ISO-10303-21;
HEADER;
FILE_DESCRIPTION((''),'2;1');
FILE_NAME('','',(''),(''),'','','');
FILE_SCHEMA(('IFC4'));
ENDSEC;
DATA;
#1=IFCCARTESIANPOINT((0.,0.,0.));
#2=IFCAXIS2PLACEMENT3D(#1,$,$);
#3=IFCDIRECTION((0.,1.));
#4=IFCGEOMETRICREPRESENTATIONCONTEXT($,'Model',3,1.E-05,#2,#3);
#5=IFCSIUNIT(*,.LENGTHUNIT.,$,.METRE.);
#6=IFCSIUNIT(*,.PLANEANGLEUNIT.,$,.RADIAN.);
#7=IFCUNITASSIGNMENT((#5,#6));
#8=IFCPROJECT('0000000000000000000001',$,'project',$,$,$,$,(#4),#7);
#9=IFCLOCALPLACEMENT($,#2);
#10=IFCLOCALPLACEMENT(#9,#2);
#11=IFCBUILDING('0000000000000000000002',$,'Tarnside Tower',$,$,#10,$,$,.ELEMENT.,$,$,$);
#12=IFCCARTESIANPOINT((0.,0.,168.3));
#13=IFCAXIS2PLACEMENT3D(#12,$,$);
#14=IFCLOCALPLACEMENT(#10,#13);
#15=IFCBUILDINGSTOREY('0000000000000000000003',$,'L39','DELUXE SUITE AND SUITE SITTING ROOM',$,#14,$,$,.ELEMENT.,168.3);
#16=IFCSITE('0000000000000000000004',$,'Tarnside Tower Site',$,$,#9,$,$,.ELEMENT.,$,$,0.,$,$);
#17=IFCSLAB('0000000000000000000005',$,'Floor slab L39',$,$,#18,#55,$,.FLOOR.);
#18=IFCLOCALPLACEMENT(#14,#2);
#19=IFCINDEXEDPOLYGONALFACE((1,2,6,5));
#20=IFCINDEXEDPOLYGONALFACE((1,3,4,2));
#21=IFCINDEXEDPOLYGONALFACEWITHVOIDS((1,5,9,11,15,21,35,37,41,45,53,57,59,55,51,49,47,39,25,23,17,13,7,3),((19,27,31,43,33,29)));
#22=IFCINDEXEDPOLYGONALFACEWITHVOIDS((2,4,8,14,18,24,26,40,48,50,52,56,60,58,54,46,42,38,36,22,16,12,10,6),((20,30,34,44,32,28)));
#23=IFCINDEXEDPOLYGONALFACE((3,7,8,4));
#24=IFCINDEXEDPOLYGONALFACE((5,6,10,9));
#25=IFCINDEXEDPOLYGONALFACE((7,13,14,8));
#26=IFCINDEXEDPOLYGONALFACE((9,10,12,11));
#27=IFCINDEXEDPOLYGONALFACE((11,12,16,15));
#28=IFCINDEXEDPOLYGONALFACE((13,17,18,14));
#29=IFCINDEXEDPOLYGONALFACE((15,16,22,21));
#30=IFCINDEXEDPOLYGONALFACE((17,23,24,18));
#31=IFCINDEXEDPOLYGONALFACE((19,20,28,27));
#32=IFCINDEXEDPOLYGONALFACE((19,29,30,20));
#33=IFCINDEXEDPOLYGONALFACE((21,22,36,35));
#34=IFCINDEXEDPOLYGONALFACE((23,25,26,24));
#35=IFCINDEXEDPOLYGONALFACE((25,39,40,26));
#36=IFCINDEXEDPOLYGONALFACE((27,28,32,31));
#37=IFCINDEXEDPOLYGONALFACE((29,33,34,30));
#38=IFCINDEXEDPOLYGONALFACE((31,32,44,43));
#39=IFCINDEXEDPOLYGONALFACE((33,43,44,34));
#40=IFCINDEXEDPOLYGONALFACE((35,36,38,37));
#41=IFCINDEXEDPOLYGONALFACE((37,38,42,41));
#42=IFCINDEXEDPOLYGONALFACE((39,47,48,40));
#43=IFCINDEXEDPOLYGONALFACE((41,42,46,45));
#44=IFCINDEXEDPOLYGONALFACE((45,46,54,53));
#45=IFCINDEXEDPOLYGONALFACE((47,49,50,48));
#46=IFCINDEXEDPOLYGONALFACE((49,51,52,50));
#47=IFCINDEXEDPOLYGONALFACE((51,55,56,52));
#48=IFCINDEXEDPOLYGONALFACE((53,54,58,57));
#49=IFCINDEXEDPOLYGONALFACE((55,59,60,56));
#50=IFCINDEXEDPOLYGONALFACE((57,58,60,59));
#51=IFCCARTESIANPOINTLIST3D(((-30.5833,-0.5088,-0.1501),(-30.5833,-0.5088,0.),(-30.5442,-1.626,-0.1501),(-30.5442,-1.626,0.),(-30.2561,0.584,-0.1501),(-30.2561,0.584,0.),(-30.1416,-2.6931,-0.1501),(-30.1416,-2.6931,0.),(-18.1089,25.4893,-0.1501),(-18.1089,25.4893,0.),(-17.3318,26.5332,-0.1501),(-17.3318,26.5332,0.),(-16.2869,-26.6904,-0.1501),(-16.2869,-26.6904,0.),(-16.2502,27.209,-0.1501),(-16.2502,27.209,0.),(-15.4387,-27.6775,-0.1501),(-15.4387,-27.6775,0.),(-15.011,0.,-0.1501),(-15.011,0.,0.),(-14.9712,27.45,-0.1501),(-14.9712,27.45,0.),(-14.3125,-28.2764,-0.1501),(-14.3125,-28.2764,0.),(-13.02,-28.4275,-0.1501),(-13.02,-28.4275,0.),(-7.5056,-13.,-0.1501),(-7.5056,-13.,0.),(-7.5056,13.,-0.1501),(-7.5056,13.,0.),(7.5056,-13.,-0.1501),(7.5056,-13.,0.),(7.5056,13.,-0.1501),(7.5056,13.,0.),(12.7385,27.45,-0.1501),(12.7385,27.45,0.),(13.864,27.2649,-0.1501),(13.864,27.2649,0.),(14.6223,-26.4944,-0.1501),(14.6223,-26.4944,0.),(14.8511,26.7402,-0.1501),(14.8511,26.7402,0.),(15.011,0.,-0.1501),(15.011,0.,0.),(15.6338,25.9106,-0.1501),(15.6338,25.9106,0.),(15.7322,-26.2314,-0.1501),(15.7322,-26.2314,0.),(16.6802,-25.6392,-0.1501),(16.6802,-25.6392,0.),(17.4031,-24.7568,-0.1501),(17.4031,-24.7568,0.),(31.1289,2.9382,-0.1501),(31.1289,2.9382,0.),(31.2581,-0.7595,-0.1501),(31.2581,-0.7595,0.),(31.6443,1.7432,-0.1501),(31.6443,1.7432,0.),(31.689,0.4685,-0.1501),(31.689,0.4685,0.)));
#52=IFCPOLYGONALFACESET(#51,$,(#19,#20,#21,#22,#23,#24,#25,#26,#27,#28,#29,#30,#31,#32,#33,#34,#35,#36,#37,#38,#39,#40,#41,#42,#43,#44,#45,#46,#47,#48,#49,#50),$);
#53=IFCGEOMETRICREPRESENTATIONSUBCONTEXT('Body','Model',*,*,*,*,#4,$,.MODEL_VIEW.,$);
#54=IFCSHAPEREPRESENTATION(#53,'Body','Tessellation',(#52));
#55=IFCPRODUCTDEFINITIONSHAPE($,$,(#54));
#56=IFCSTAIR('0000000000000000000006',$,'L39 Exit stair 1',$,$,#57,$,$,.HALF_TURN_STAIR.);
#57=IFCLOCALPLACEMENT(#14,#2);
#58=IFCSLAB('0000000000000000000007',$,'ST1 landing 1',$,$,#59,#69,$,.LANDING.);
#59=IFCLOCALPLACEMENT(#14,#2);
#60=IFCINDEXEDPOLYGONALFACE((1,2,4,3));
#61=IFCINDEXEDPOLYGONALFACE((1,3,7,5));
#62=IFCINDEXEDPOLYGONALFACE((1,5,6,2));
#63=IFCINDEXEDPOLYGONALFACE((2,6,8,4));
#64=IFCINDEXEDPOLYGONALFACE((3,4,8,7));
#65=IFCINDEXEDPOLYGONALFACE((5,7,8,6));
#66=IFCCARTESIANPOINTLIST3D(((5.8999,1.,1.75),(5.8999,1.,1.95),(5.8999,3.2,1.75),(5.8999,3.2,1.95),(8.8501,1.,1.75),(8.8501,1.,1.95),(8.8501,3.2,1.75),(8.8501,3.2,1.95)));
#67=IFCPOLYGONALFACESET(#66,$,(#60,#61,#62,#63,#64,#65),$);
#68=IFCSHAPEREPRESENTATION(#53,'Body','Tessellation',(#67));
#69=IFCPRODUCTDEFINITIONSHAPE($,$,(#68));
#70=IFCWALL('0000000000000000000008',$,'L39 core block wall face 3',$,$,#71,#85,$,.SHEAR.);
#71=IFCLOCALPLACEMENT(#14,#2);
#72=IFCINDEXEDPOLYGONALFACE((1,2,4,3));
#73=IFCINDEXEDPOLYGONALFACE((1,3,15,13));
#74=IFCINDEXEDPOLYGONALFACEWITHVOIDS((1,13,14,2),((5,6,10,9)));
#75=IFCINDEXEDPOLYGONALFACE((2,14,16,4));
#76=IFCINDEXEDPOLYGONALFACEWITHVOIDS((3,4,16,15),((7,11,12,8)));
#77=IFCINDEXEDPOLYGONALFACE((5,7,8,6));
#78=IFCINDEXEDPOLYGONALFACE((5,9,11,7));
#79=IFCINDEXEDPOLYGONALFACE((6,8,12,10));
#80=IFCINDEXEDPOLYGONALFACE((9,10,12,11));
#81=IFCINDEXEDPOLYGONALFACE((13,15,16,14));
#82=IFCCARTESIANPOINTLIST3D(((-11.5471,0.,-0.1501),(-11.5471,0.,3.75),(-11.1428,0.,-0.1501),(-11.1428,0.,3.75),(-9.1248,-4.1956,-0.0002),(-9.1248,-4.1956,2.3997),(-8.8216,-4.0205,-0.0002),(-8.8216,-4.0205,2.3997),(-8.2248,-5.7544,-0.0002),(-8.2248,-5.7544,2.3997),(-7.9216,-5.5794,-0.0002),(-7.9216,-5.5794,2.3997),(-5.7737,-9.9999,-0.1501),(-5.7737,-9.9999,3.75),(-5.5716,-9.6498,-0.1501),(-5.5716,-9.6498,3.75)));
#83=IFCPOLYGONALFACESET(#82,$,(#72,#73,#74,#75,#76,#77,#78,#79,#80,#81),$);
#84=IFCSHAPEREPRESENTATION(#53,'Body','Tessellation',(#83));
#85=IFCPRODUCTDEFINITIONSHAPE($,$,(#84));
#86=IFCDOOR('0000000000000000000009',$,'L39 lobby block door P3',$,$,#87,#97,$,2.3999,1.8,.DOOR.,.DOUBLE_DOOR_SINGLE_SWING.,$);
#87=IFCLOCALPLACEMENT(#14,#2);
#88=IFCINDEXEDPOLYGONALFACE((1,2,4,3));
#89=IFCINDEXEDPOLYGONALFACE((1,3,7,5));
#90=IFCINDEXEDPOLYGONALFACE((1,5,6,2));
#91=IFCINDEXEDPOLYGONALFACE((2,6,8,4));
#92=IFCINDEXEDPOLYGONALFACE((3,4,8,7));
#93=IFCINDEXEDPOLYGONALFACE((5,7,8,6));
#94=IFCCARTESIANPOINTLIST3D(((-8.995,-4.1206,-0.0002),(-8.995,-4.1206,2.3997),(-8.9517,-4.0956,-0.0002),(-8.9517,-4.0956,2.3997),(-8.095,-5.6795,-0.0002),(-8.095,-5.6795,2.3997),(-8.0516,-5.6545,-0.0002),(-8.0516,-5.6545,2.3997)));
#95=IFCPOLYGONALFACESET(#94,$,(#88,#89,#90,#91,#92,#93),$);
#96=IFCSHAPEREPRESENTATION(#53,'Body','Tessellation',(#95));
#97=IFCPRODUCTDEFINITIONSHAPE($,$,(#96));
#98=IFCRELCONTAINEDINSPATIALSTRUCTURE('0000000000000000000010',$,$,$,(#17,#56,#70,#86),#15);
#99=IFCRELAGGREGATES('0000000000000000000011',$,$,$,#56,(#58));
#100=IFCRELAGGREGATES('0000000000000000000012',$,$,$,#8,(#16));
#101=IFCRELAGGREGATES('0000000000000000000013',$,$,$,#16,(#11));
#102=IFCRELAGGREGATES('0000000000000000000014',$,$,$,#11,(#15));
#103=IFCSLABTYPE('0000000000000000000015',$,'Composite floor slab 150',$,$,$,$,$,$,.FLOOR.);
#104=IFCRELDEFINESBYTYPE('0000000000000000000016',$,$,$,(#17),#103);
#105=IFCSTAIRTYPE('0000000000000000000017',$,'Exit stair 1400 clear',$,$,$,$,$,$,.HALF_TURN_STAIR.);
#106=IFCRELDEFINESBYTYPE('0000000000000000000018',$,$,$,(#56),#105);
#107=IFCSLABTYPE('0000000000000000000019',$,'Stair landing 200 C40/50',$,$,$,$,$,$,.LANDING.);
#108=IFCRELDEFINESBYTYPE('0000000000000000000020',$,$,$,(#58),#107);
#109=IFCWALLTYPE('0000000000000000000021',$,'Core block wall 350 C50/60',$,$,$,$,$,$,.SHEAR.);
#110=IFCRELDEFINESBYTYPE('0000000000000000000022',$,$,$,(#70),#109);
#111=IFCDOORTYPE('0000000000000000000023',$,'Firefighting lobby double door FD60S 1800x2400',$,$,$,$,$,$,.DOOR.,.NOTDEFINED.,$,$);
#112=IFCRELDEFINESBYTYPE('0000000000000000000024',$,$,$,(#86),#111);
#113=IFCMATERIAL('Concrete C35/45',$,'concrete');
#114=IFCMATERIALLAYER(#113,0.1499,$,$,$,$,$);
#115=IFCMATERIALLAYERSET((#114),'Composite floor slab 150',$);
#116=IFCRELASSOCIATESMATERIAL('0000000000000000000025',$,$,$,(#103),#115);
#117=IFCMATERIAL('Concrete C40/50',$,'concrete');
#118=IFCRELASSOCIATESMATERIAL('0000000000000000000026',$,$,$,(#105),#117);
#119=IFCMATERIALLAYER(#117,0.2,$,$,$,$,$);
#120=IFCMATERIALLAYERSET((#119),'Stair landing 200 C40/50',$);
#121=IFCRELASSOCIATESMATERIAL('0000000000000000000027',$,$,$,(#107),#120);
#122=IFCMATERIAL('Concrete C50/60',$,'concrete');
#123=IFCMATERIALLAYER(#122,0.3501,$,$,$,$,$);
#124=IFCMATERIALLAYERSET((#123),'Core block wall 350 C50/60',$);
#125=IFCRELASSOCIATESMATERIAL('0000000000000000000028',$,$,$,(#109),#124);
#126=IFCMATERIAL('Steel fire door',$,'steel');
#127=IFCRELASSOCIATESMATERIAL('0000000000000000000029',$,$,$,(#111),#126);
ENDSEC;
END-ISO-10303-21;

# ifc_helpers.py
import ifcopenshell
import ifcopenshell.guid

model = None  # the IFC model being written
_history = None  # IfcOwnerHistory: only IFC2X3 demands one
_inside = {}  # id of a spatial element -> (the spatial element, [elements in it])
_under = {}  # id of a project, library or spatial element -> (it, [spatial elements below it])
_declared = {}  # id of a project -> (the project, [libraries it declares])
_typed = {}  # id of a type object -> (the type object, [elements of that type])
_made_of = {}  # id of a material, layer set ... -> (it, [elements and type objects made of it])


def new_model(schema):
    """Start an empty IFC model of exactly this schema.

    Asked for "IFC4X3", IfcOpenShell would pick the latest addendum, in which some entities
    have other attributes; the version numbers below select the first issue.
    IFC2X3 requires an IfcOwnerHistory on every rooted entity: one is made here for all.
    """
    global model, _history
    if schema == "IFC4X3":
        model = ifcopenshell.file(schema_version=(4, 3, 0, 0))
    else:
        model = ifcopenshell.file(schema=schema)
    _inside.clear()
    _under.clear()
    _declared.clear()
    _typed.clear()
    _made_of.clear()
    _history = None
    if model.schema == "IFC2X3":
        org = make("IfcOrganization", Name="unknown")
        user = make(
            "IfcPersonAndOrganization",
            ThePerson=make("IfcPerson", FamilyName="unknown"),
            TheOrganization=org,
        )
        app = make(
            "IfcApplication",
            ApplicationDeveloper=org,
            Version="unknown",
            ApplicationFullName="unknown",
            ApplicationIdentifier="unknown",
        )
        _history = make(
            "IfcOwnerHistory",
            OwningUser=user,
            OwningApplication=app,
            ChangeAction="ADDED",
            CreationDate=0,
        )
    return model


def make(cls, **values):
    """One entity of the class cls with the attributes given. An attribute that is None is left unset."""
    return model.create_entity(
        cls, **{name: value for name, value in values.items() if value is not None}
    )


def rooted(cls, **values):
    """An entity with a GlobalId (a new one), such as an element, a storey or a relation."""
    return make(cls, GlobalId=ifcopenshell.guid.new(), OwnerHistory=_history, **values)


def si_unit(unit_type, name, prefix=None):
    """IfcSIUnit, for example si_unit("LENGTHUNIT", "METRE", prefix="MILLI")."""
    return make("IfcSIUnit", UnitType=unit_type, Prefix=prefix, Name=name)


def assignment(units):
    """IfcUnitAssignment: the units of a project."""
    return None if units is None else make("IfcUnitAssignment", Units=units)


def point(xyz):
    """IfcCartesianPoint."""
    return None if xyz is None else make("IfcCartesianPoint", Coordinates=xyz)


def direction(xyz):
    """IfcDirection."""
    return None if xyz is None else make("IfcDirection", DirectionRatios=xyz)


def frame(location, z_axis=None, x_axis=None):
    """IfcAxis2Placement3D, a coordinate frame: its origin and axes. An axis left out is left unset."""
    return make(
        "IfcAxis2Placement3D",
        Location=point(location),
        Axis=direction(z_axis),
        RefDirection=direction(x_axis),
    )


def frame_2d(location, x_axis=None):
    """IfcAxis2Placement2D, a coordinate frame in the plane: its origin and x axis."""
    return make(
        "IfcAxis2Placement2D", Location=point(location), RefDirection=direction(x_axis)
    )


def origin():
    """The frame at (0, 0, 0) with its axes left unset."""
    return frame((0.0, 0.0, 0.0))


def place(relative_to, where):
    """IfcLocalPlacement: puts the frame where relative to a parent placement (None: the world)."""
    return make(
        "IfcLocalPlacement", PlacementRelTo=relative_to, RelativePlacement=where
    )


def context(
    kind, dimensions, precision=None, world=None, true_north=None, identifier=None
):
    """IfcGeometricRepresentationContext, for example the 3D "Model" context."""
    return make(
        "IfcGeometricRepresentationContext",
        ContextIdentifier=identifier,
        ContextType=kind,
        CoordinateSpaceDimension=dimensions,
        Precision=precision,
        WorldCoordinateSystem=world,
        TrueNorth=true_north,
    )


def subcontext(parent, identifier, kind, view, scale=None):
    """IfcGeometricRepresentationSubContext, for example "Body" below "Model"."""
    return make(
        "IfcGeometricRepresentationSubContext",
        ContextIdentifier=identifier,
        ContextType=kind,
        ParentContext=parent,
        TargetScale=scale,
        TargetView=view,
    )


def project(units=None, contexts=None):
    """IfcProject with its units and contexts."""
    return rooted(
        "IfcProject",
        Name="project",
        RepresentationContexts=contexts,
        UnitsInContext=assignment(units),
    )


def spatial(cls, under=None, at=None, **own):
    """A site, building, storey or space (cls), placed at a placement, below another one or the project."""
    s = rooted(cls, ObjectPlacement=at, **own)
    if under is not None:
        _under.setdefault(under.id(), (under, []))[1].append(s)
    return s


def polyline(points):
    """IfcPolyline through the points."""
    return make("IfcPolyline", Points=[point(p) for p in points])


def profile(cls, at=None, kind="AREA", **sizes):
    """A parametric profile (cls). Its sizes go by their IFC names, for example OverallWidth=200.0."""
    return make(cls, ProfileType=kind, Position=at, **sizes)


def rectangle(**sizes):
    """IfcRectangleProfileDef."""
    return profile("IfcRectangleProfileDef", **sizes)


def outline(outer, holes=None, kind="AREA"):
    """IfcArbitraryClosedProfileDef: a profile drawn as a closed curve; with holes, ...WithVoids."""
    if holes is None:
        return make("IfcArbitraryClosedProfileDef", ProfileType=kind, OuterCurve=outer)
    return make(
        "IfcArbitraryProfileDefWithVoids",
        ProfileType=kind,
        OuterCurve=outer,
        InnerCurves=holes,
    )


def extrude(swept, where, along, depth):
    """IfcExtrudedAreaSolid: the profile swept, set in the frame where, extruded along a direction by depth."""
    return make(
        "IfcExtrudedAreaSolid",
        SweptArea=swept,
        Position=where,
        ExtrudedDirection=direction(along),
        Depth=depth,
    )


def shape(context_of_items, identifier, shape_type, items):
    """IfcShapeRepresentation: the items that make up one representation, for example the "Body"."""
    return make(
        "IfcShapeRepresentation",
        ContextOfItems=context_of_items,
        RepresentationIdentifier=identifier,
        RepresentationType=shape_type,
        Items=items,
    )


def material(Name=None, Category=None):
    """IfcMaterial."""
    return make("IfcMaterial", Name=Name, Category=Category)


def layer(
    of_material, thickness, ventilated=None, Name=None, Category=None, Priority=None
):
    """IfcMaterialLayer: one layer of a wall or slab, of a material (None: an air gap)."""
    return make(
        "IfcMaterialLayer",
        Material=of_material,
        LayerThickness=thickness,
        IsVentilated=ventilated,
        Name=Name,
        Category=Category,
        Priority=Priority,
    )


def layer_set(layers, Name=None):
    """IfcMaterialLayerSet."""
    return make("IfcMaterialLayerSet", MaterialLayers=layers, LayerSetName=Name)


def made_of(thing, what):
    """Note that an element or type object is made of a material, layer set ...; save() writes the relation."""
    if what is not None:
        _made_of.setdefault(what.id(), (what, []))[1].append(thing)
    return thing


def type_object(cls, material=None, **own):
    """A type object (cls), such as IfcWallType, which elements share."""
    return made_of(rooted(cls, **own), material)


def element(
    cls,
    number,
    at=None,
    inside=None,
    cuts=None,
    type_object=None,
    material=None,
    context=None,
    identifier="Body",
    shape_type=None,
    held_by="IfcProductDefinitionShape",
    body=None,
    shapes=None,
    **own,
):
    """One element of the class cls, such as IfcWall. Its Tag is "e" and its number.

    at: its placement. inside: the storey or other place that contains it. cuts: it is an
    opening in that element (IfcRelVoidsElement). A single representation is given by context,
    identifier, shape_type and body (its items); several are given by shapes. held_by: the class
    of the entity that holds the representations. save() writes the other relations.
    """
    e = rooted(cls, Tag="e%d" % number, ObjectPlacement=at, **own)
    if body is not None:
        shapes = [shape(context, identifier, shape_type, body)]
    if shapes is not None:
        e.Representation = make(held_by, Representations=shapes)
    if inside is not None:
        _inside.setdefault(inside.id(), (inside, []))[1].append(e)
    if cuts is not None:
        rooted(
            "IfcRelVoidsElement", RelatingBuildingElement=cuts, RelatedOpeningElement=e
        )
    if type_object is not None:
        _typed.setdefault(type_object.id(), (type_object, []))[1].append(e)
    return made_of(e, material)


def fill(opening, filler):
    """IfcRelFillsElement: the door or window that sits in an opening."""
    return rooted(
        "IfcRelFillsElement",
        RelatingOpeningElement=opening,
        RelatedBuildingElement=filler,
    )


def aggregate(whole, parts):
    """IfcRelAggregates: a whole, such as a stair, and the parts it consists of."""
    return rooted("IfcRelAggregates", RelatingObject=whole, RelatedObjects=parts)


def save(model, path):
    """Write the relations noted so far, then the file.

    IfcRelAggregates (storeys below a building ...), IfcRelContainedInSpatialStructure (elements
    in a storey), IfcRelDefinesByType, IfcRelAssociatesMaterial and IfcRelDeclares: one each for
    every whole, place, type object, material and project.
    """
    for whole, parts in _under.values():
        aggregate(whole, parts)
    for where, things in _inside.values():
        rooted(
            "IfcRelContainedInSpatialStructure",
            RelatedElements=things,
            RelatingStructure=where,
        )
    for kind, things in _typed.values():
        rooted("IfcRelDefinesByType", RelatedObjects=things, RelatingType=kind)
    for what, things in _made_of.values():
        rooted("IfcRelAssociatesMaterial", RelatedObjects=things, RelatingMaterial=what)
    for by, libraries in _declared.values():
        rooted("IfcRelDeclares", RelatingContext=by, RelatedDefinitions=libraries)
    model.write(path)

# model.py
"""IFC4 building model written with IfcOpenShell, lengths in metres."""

from ifc_helpers import new_model, si_unit, direction, frame, frame_2d, origin, place, context, subcontext, project, spatial, polyline, rectangle, outline, extrude, material, layer, layer_set, type_object, element, fill, aggregate, save


model = new_model("IFC4")

# Units and contexts
model_context = context("Model", 3, precision=1e-05, world=origin(), true_north=direction((0.0, 1.0)))
body_context = subcontext(model_context, "Body", "Model", "MODEL_VIEW")
ifc_project = project(units=[si_unit("LENGTHUNIT", "METRE"), si_unit("PLANEANGLEUNIT", "RADIAN")], contexts=[model_context])

# Site, building, storey
site_placement = place(None, origin())
site = spatial("IfcSite", under=ifc_project, at=site_placement, Name="Tarnside Tower Site", CompositionType="ELEMENT", RefElevation=0.0)
building_placement = place(site_placement, origin())
building = spatial("IfcBuilding", under=site, at=building_placement, Name="Tarnside Tower", CompositionType="ELEMENT")
storey_placement = place(building_placement, frame((0.0, 0.0, 168.3)))
storey = spatial("IfcBuildingStorey", under=building, at=storey_placement, Name="L39", Description="DELUXE SUITE AND SUITE SITTING ROOM", CompositionType="ELEMENT", Elevation=168.3)

# Slab
ifc_material_1 = material(Name="Concrete C35/45", Category="concrete")
ifc_layer_1 = layer(ifc_material_1, 0.1499)
ifc_layer_set_1 = layer_set([ifc_layer_1], Name="Composite floor slab 150")
slab_type_1 = type_object("IfcSlabType", Name="Composite floor slab 150", PredefinedType="FLOOR", material=ifc_layer_set_1)
slab_1_placement = place(storey_placement, frame((0.0, 0.0, -0.1501)))
element("IfcSlab", 1, at=slab_1_placement, inside=storey, type_object=slab_type_1, Name="Floor slab L39", PredefinedType="FLOOR", context=body_context, shape_type="SweptSolid", body=[
    extrude(outline(polyline([(13.864, 27.2649), (14.8511, 26.7402), (15.6338, 25.9106), (31.1289, 2.9382), (31.6443, 1.7432), (31.689, 0.4685), (31.2581, -0.7595), (17.4031, -24.7568), (16.6802, -25.6392), (15.7322, -26.2314), (14.6223, -26.4944), (-13.02, -28.4275), (-14.3125, -28.2764), (-15.4387, -27.6775), (-16.2869, -26.6904), (-30.1416, -2.6931), (-30.5442, -1.626), (-30.5833, -0.5088), (-30.2561, 0.584), (-18.1089, 25.4893), (-17.3318, 26.5332), (-16.2502, 27.209), (-14.9712, 27.45), (12.7385, 27.45), (13.864, 27.2649)]), holes=[polyline([(-15.011, 0.0), (-7.5056, -13.0), (7.5056, -13.0), (15.011, 0.0), (7.5056, 13.0), (-7.5056, 13.0), (-15.011, 0.0)])]), origin(), (0.0, 0.0, 1.0), 0.1501),
])

# Stair, slab
ifc_material_2 = material(Name="Concrete C40/50", Category="concrete")
stair_type = type_object("IfcStairType", Name="Exit stair 1400 clear", PredefinedType="HALF_TURN_STAIR", material=ifc_material_2)
stair_1_placement = place(storey_placement, origin())
stair_1 = element("IfcStair", 2, at=stair_1_placement, inside=storey, type_object=stair_type, Name="L39 Exit stair 1", PredefinedType="HALF_TURN_STAIR")
ifc_layer_2 = layer(ifc_material_2, 0.2)
ifc_layer_set_2 = layer_set([ifc_layer_2], Name="Stair landing 200 C40/50")
slab_type_2 = type_object("IfcSlabType", Name="Stair landing 200 C40/50", PredefinedType="LANDING", material=ifc_layer_set_2)
slab_2_placement = place(storey_placement, frame((0.0, 0.0, 1.75)))
slab_2 = element("IfcSlab", 3, at=slab_2_placement, type_object=slab_type_2, Name="ST1 landing 1", PredefinedType="LANDING", context=body_context, shape_type="SweptSolid", body=[
    extrude(outline(polyline([(8.8501, 1.0), (8.8501, 3.2), (5.8999, 3.2), (5.8999, 1.0), (8.8501, 1.0)])), origin(), (0.0, 0.0, 1.0), 0.2),
])
aggregate(stair_1, [slab_2])

# Wall, opening, door
ifc_material_3 = material(Name="Concrete C50/60", Category="concrete")
ifc_layer_3 = layer(ifc_material_3, 0.3501)
ifc_layer_set_3 = layer_set([ifc_layer_3], Name="Core block wall 350 C50/60")
wall_type_1 = type_object("IfcWallType", Name="Core block wall 350 C50/60", PredefinedType="SHEAR", material=ifc_layer_set_3)
wall_1_placement = place(storey_placement, frame((-11.345, 0.0, -0.1501), z_axis=(0.0, 0.0, 1.0), x_axis=(0.499995, -0.866028, 0.0)))
wall_1 = element("IfcWall", 4, at=wall_1_placement, inside=storey, type_object=wall_type_1, Name="L39 core block wall face 3", PredefinedType="SHEAR", context=body_context, shape_type="SweptSolid", body=[
    extrude(outline(polyline([(-0.1011, -0.175), (11.4458, -0.175), (11.2437, 0.175), (0.1011, 0.175), (-0.1011, -0.175)])), origin(), (0.0, 0.0, 1.0), 3.9001),
])
opening_1_placement = place(wall_1_placement, frame((4.7437, 0.0, 0.1499)))
opening_1 = element("IfcOpeningElement", 5, at=opening_1_placement, cuts=wall_1, PredefinedType="OPENING", context=body_context, shape_type="SweptSolid", body=[
    extrude(rectangle(XDim=1.8, YDim=2.3999, at=frame_2d((0.8999, 1.2))), frame((0.0, 0.1851, 0.0), z_axis=(0.0, -1.0, 0.0), x_axis=(1.0, 0.0, 0.0)), (0.0, 0.0, 1.0), 0.3701),
])
ifc_material_4 = material(Name="Steel fire door", Category="steel")
door_type_1 = type_object("IfcDoorType", Name="Firefighting lobby double door FD60S 1800x2400", OperationType="NOTDEFINED", PredefinedType="DOOR", material=ifc_material_4)
door_1_placement = place(opening_1_placement, origin())
door_1 = element("IfcDoor", 6, at=door_1_placement, inside=storey, type_object=door_type_1, Name="L39 lobby block door P3", OperationType="DOUBLE_DOOR_SINGLE_SWING", OverallHeight=2.3999, OverallWidth=1.8, PredefinedType="DOOR", context=body_context, shape_type="SweptSolid", body=[
    extrude(rectangle(XDim=1.8, YDim=2.3999, at=frame_2d((0.8999, 1.2))), frame((0.0, 0.0249, 0.0), z_axis=(0.0, -1.0, 0.0), x_axis=(1.0, 0.0, 0.0)), (0.0, 0.0, 1.0), 0.05),
])
fill(opening_1, door_1)

save(model, "model.ifc")
